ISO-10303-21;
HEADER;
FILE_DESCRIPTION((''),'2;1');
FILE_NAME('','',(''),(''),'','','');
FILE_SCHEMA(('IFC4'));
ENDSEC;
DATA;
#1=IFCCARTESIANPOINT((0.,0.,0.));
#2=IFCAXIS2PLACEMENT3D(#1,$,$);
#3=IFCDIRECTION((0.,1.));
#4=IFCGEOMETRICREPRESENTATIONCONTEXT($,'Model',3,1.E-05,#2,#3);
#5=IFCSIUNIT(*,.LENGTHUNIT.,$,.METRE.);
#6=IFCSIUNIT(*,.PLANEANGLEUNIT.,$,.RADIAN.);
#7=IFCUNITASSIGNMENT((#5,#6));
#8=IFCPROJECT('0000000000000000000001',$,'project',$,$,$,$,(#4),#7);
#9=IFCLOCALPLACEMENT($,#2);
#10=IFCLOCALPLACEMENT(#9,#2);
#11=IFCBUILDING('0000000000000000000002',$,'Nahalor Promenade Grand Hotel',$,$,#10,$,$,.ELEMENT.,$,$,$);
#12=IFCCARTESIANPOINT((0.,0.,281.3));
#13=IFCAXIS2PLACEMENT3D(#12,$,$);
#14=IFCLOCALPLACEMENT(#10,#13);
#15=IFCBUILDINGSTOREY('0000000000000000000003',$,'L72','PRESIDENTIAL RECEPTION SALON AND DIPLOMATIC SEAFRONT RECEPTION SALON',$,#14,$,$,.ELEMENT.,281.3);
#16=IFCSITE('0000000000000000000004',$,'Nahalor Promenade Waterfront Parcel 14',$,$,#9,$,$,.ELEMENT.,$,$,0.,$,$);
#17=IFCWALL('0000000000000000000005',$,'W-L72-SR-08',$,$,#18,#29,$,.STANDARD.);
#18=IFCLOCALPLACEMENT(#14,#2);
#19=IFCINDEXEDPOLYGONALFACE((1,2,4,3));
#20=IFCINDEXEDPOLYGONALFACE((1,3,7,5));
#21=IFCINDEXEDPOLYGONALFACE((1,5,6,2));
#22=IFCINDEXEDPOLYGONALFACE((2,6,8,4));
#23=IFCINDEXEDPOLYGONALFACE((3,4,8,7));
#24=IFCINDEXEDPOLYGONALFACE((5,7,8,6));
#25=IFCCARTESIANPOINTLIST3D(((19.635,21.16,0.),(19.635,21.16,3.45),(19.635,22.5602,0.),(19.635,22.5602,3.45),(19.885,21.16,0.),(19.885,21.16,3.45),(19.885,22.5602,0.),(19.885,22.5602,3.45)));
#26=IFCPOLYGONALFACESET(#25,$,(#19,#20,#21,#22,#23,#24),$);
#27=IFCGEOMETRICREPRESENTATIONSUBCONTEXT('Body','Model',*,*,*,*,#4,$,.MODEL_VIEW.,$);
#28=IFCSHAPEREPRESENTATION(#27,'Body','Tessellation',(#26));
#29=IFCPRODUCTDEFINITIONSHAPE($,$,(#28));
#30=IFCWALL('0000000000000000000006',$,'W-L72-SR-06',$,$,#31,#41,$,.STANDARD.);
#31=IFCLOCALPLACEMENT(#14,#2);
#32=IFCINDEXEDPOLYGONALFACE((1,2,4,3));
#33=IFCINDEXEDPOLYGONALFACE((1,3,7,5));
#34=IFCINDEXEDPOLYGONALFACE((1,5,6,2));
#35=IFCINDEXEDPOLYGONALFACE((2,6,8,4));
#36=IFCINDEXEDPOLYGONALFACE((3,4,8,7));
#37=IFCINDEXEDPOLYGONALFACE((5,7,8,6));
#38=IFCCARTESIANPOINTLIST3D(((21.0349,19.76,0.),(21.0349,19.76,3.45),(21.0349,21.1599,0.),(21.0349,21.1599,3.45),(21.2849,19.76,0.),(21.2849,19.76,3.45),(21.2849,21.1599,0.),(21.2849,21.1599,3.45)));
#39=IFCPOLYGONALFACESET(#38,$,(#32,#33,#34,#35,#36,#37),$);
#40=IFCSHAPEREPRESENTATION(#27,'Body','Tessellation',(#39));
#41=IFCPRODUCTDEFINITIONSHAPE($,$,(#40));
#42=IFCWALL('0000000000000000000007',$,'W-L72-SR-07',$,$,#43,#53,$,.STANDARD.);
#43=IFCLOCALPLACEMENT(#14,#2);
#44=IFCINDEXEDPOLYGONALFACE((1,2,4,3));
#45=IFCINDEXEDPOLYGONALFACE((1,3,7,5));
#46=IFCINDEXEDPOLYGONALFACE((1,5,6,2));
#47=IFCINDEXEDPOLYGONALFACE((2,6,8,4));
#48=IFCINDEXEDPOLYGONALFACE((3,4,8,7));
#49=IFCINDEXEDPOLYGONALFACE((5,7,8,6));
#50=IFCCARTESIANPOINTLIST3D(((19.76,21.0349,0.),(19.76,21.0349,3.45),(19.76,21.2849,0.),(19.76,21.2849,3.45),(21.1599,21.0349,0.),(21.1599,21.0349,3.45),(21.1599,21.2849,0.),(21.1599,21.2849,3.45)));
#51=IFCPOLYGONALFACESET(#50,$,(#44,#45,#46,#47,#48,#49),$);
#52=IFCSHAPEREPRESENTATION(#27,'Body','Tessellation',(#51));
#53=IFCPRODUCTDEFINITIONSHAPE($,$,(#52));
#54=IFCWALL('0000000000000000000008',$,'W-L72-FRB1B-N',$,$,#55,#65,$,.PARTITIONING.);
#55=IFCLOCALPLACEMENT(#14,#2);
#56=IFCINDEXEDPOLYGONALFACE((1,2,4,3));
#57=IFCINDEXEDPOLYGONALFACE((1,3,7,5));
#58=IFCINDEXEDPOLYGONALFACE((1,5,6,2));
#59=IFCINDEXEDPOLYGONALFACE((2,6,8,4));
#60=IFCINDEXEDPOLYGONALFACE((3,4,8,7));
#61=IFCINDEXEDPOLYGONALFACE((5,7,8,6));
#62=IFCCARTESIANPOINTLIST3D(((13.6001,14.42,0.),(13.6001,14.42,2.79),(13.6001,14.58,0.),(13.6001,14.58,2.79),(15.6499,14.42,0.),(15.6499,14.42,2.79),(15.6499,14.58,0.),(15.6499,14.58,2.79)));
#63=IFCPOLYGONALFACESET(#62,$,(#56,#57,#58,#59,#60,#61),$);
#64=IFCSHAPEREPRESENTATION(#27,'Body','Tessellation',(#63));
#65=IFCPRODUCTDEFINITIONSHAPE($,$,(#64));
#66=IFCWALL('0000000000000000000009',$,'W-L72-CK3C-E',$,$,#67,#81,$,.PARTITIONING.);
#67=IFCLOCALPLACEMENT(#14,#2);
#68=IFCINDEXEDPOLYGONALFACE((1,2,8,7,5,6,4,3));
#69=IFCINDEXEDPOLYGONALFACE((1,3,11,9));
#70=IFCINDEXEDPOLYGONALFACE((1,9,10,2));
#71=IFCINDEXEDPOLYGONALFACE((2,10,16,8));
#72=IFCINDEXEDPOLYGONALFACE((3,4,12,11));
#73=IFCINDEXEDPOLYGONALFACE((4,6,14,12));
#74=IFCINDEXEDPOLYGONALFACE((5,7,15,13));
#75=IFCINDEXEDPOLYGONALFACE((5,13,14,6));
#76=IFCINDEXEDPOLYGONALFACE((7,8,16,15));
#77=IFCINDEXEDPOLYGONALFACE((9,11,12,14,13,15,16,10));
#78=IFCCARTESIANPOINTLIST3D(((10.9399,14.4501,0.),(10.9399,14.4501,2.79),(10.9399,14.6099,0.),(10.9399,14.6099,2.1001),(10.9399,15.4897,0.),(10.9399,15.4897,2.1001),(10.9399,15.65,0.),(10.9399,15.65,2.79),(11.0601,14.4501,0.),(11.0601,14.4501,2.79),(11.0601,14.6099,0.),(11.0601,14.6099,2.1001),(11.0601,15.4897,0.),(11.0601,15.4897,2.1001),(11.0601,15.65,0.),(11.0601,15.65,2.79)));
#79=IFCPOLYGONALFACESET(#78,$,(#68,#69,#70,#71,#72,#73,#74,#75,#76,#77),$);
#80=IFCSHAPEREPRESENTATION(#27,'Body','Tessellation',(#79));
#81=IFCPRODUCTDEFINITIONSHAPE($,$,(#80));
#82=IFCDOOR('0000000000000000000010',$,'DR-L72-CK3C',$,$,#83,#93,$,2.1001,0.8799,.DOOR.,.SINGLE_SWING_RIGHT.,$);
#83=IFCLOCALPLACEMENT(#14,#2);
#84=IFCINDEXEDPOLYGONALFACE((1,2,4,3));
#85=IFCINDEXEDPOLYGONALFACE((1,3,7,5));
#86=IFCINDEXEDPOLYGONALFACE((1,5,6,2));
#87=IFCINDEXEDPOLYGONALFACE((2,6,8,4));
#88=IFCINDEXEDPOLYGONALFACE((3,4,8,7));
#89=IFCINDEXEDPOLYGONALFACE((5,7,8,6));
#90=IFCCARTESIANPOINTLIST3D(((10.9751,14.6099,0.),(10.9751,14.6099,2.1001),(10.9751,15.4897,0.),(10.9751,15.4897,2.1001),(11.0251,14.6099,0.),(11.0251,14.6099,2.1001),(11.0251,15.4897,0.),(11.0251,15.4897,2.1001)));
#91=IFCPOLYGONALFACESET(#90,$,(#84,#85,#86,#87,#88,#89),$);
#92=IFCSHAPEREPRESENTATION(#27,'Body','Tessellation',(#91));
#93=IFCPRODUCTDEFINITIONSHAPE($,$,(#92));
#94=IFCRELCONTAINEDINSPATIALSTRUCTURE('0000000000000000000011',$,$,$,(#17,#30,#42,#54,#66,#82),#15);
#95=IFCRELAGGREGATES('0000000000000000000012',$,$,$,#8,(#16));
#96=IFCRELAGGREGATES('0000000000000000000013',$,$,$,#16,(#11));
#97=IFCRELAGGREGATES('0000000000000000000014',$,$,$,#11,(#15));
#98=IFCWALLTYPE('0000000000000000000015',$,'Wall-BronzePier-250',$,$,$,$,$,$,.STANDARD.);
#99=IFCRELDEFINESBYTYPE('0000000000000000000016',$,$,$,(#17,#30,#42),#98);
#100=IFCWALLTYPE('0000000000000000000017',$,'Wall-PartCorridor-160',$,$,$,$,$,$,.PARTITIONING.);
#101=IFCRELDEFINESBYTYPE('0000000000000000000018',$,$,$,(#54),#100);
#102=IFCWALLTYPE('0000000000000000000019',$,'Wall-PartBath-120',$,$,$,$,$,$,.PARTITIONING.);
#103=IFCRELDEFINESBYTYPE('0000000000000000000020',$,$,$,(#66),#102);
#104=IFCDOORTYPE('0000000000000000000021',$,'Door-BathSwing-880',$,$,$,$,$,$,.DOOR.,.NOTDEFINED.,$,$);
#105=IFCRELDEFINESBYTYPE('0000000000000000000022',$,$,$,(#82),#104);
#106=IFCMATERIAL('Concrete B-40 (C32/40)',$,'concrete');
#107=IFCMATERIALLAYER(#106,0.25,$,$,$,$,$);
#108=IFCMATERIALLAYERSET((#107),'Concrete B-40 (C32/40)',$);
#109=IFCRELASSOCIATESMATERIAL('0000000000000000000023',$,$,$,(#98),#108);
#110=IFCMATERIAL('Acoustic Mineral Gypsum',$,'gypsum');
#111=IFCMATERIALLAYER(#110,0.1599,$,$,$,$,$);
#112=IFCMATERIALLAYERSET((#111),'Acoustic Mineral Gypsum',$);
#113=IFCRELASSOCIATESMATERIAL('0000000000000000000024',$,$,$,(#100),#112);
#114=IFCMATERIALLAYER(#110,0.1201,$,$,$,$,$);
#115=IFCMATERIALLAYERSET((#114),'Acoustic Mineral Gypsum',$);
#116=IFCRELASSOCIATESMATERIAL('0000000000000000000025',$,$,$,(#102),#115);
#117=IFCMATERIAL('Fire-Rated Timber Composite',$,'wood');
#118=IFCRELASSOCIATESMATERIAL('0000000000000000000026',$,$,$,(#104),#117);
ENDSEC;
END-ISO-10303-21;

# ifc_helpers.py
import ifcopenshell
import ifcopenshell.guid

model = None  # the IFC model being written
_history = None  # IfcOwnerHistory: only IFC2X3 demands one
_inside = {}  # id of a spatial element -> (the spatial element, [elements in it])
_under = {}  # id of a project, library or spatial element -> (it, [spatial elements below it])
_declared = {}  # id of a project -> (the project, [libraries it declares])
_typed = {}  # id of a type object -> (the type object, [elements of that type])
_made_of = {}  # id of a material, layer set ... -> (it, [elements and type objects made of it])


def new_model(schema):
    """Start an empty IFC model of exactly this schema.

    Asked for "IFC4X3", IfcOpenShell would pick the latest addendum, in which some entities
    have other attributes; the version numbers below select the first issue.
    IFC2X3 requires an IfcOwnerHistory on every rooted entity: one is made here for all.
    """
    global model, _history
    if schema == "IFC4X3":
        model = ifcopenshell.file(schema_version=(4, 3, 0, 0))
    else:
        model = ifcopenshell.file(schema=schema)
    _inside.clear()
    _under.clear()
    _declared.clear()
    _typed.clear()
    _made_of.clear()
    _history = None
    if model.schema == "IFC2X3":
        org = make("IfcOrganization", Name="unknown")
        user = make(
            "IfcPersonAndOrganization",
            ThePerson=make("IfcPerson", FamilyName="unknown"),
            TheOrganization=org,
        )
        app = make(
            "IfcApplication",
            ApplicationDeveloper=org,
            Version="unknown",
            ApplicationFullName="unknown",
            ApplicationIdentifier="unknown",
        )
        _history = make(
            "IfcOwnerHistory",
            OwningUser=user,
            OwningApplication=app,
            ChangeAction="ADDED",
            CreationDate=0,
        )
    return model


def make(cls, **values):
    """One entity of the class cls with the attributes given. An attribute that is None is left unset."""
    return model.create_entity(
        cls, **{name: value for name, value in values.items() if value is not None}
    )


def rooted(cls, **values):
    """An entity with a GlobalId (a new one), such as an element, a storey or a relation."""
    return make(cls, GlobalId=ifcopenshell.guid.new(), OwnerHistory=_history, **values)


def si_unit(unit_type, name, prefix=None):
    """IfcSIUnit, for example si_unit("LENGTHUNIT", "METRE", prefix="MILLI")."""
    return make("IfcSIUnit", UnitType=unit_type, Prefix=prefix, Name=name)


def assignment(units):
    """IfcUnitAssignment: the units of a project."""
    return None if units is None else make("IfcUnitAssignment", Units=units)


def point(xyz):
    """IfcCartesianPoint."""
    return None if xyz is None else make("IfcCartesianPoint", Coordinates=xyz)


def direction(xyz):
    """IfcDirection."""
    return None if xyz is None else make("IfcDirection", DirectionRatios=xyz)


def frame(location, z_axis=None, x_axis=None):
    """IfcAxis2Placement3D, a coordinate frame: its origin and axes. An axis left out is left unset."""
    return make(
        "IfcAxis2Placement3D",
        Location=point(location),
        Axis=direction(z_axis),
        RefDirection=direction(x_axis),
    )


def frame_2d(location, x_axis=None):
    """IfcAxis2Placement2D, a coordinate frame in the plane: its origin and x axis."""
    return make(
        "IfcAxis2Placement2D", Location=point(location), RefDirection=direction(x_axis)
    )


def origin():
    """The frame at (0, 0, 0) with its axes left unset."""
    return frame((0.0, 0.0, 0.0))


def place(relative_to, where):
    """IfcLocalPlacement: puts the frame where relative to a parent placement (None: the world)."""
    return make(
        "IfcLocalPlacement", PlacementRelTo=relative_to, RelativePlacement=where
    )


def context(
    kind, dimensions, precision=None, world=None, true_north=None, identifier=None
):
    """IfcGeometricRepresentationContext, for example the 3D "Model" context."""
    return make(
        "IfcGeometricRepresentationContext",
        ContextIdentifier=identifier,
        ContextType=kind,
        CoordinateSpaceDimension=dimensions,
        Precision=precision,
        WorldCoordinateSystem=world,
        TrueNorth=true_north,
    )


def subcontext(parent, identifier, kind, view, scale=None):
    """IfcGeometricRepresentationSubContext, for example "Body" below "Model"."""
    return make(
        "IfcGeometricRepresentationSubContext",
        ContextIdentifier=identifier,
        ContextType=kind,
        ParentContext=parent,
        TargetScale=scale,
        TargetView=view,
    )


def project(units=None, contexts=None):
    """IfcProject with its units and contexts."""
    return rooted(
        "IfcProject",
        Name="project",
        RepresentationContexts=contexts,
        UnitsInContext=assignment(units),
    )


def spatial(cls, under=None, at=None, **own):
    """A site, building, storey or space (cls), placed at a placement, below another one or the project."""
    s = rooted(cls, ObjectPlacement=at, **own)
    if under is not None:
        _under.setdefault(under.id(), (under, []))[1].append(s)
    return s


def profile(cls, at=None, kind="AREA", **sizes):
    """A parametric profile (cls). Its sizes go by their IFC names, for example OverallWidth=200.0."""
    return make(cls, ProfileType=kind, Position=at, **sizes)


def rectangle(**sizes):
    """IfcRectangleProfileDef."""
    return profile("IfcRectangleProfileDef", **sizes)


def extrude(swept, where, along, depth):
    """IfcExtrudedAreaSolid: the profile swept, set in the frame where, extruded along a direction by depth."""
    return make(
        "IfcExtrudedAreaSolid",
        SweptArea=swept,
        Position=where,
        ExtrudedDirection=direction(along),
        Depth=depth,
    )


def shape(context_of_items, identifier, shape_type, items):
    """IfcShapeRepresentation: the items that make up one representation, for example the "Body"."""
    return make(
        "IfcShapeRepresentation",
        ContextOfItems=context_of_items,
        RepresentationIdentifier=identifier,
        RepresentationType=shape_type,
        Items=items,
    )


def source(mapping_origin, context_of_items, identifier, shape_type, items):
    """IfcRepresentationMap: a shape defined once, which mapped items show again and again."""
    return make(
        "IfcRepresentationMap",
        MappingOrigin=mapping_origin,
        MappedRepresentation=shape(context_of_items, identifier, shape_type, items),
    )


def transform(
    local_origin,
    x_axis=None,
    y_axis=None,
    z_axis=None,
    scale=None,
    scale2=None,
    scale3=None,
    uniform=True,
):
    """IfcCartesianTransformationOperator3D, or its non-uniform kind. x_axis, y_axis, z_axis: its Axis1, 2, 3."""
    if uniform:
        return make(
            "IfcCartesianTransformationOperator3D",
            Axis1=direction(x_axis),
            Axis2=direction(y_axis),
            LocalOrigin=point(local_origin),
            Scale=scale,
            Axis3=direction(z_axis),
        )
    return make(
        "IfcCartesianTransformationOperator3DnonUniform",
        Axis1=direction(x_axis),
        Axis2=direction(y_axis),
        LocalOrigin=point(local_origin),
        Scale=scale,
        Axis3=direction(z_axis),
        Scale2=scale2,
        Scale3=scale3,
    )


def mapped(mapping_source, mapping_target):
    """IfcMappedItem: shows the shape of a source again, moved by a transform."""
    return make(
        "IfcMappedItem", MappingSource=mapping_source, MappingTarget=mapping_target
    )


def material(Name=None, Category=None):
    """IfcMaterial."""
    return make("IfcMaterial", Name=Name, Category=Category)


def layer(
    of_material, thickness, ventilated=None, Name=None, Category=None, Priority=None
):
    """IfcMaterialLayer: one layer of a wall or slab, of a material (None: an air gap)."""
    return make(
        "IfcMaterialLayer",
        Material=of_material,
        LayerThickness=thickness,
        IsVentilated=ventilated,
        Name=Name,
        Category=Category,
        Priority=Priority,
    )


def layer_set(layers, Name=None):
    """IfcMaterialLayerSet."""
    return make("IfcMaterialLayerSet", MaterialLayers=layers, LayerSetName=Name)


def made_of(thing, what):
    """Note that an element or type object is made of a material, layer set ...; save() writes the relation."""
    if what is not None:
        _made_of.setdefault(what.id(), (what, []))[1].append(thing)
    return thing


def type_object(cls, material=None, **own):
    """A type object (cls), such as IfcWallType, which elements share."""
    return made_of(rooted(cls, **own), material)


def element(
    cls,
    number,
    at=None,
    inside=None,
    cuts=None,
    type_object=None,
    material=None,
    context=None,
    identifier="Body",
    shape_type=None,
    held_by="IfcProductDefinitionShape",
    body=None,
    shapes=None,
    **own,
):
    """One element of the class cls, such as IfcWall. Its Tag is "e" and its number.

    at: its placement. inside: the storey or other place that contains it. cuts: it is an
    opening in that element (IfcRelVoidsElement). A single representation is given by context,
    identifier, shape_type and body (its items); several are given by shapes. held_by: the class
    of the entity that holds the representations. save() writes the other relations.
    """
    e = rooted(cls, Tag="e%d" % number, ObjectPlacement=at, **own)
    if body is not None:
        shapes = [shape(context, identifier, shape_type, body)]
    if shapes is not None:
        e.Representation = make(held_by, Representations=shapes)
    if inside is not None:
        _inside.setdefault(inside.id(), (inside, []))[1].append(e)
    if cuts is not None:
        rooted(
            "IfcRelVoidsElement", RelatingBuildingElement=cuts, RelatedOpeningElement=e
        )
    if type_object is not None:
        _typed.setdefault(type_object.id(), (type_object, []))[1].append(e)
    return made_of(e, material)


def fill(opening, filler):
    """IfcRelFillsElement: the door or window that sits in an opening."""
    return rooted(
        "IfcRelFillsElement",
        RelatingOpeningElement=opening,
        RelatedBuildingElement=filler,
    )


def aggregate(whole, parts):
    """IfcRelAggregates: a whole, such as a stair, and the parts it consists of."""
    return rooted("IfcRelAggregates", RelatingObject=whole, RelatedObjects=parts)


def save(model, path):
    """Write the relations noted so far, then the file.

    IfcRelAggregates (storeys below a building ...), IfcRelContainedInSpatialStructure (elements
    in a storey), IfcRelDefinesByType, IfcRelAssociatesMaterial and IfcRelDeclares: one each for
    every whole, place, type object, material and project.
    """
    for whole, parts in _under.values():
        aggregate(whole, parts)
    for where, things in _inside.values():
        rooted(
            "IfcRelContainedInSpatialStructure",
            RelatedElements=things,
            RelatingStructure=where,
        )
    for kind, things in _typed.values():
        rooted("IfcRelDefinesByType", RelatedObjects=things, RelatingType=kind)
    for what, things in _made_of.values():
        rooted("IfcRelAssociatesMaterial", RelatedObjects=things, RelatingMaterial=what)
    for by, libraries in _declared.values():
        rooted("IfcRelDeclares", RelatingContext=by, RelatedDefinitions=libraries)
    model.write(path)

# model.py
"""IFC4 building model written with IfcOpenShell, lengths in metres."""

from ifc_helpers import new_model, si_unit, direction, frame, frame_2d, origin, place, context, subcontext, project, spatial, rectangle, extrude, source, transform, mapped, material, layer, layer_set, type_object, element, fill, save


model = new_model("IFC4")

# Units and contexts
model_context = context("Model", 3, precision=1e-05, world=origin(), true_north=direction((0.0, 1.0)))
body_context = subcontext(model_context, "Body", "Model", "MODEL_VIEW")
ifc_project = project(units=[si_unit("LENGTHUNIT", "METRE"), si_unit("PLANEANGLEUNIT", "RADIAN")], contexts=[model_context])

# Site, building, storey
site_placement = place(None, origin())
site = spatial("IfcSite", under=ifc_project, at=site_placement, Name="Nahalor Promenade Waterfront Parcel 14", CompositionType="ELEMENT", RefElevation=0.0)
building_placement = place(site_placement, origin())
building = spatial("IfcBuilding", under=site, at=building_placement, Name="Nahalor Promenade Grand Hotel", CompositionType="ELEMENT")
storey_placement = place(building_placement, frame((0.0, 0.0, 281.3)))
storey = spatial("IfcBuildingStorey", under=building, at=storey_placement, Name="L72", Description="PRESIDENTIAL RECEPTION SALON AND DIPLOMATIC SEAFRONT RECEPTION SALON", CompositionType="ELEMENT", Elevation=281.3)

# Walls
ifc_material_1 = material(Name="Concrete B-40 (C32/40)", Category="concrete")
ifc_layer_1 = layer(ifc_material_1, 0.25)
ifc_layer_set_1 = layer_set([ifc_layer_1], Name="Concrete B-40 (C32/40)")
wall_type_1 = type_object("IfcWallType", Name="Wall-BronzePier-250", PredefinedType="STANDARD", material=ifc_layer_set_1)
shared_shape_1 = source(origin(), body_context, "Body", "SweptSolid", [
    extrude(rectangle(XDim=1.4001, YDim=0.25, at=frame_2d((0.7002, 0.0))), origin(), (0.0, 0.0, 1.0), 3.45),
])
for number, where, z_axis, x_axis, name in (
    (1, (19.76, 21.1599, 0.0), (0.0, 0.0, 1.0), (0.0, 1.0, 0.0), "W-L72-SR-08"),
):
    element("IfcWall", number, at=place(storey_placement, frame(where, z_axis=z_axis, x_axis=x_axis)), inside=storey, type_object=wall_type_1, Name=name, PredefinedType="STANDARD", context=body_context, shape_type="MappedRepresentation", body=[
        mapped(shared_shape_1, transform((0.0, 0.0, 0.0), scale=1.0)),
    ])
shared_shape_2 = source(origin(), body_context, "Body", "SweptSolid", [
    extrude(rectangle(XDim=1.3999, YDim=0.25, at=frame_2d((0.7, 0.0))), origin(), (0.0, 0.0, 1.0), 3.45),
])
for number, where, z_axis, x_axis, name in (
    (2, (21.1599, 19.76, 0.0), (0.0, 0.0, 1.0), (0.0, 1.0, 0.0), "W-L72-SR-06"),
    (3, (19.76, 21.1599, 0.0), (0.0, 0.0, 1.0), (1.0, 0.0, 0.0), "W-L72-SR-07"),
):
    element("IfcWall", number, at=place(storey_placement, frame(where, z_axis=z_axis, x_axis=x_axis)), inside=storey, type_object=wall_type_1, Name=name, PredefinedType="STANDARD", context=body_context, shape_type="MappedRepresentation", body=[
        mapped(shared_shape_2, transform((0.0, 0.0, 0.0), scale=1.0)),
    ])
ifc_material_2 = material(Name="Acoustic Mineral Gypsum", Category="gypsum")
ifc_layer_2 = layer(ifc_material_2, 0.1599)
ifc_layer_set_2 = layer_set([ifc_layer_2], Name="Acoustic Mineral Gypsum")
wall_type_2 = type_object("IfcWallType", Name="Wall-PartCorridor-160", PredefinedType="PARTITIONING", material=ifc_layer_set_2)
shared_shape_3 = source(origin(), body_context, "Body", "SweptSolid", [
    extrude(rectangle(XDim=2.0498, YDim=0.1599, at=frame_2d((1.0249, 0.0))), origin(), (0.0, 0.0, 1.0), 2.79),
])
wall_1_placement = place(storey_placement, frame((13.6001, 14.5, 0.0), z_axis=(0.0, 0.0, 1.0), x_axis=(1.0, 0.0, 0.0)))
element("IfcWall", 4, at=wall_1_placement, inside=storey, type_object=wall_type_2, Name="W-L72-FRB1B-N", PredefinedType="PARTITIONING", context=body_context, shape_type="MappedRepresentation", body=[
    mapped(shared_shape_3, transform((0.0, 0.0, 0.0), scale=1.0)),
])

# Wall, opening, door
ifc_layer_3 = layer(ifc_material_2, 0.1201)
ifc_layer_set_3 = layer_set([ifc_layer_3], Name="Acoustic Mineral Gypsum")
wall_type_3 = type_object("IfcWallType", Name="Wall-PartBath-120", PredefinedType="PARTITIONING", material=ifc_layer_set_3)
shared_shape_4 = source(origin(), body_context, "Body", "SweptSolid", [
    extrude(rectangle(XDim=1.2, YDim=0.1201, at=frame_2d((0.6001, 0.0))), origin(), (0.0, 0.0, 1.0), 2.79),
])
wall_2_placement = place(storey_placement, frame((11.0, 14.45, 0.0), z_axis=(0.0, 0.0, 1.0), x_axis=(0.0, 1.0, 0.0)))
wall_2 = element("IfcWall", 5, at=wall_2_placement, inside=storey, type_object=wall_type_3, Name="W-L72-CK3C-E", PredefinedType="PARTITIONING", context=body_context, shape_type="MappedRepresentation", body=[
    mapped(shared_shape_4, transform((0.0, 0.0, 0.0), scale=1.0)),
])
opening_1_placement = place(wall_2_placement, frame((0.1599, 0.0, 0.0)))
opening_1 = element("IfcOpeningElement", 6, at=opening_1_placement, cuts=wall_2, PredefinedType="OPENING", context=body_context, shape_type="SweptSolid", body=[
    extrude(rectangle(XDim=0.8799, YDim=2.1001, at=frame_2d((0.4399, 1.05))), frame((0.0, 0.0701, 0.0), z_axis=(0.0, -1.0, 0.0), x_axis=(1.0, 0.0, 0.0)), (0.0, 0.0, 1.0), 0.1401),
])
ifc_material_3 = material(Name="Fire-Rated Timber Composite", Category="wood")
door_type_1 = type_object("IfcDoorType", Name="Door-BathSwing-880", OperationType="NOTDEFINED", PredefinedType="DOOR", material=ifc_material_3)
shared_shape_5 = source(origin(), body_context, "Body", "SweptSolid", [
    extrude(rectangle(XDim=0.8799, YDim=2.1001, at=frame_2d((0.4399, 1.05))), frame((0.0, 0.0249, 0.0), z_axis=(0.0, -1.0, 0.0), x_axis=(1.0, 0.0, 0.0)), (0.0, 0.0, 1.0), 0.05),
])
door_1_placement = place(opening_1_placement, origin())
door_1 = element("IfcDoor", 7, at=door_1_placement, inside=storey, type_object=door_type_1, Name="DR-L72-CK3C", OperationType="SINGLE_SWING_RIGHT", OverallHeight=2.1001, OverallWidth=0.8799, PredefinedType="DOOR", context=body_context, shape_type="MappedRepresentation", body=[
    mapped(shared_shape_5, transform((0.0, 0.0, 0.0), scale=1.0)),
])
fill(opening_1, door_1)

save(model, "model.ifc")
